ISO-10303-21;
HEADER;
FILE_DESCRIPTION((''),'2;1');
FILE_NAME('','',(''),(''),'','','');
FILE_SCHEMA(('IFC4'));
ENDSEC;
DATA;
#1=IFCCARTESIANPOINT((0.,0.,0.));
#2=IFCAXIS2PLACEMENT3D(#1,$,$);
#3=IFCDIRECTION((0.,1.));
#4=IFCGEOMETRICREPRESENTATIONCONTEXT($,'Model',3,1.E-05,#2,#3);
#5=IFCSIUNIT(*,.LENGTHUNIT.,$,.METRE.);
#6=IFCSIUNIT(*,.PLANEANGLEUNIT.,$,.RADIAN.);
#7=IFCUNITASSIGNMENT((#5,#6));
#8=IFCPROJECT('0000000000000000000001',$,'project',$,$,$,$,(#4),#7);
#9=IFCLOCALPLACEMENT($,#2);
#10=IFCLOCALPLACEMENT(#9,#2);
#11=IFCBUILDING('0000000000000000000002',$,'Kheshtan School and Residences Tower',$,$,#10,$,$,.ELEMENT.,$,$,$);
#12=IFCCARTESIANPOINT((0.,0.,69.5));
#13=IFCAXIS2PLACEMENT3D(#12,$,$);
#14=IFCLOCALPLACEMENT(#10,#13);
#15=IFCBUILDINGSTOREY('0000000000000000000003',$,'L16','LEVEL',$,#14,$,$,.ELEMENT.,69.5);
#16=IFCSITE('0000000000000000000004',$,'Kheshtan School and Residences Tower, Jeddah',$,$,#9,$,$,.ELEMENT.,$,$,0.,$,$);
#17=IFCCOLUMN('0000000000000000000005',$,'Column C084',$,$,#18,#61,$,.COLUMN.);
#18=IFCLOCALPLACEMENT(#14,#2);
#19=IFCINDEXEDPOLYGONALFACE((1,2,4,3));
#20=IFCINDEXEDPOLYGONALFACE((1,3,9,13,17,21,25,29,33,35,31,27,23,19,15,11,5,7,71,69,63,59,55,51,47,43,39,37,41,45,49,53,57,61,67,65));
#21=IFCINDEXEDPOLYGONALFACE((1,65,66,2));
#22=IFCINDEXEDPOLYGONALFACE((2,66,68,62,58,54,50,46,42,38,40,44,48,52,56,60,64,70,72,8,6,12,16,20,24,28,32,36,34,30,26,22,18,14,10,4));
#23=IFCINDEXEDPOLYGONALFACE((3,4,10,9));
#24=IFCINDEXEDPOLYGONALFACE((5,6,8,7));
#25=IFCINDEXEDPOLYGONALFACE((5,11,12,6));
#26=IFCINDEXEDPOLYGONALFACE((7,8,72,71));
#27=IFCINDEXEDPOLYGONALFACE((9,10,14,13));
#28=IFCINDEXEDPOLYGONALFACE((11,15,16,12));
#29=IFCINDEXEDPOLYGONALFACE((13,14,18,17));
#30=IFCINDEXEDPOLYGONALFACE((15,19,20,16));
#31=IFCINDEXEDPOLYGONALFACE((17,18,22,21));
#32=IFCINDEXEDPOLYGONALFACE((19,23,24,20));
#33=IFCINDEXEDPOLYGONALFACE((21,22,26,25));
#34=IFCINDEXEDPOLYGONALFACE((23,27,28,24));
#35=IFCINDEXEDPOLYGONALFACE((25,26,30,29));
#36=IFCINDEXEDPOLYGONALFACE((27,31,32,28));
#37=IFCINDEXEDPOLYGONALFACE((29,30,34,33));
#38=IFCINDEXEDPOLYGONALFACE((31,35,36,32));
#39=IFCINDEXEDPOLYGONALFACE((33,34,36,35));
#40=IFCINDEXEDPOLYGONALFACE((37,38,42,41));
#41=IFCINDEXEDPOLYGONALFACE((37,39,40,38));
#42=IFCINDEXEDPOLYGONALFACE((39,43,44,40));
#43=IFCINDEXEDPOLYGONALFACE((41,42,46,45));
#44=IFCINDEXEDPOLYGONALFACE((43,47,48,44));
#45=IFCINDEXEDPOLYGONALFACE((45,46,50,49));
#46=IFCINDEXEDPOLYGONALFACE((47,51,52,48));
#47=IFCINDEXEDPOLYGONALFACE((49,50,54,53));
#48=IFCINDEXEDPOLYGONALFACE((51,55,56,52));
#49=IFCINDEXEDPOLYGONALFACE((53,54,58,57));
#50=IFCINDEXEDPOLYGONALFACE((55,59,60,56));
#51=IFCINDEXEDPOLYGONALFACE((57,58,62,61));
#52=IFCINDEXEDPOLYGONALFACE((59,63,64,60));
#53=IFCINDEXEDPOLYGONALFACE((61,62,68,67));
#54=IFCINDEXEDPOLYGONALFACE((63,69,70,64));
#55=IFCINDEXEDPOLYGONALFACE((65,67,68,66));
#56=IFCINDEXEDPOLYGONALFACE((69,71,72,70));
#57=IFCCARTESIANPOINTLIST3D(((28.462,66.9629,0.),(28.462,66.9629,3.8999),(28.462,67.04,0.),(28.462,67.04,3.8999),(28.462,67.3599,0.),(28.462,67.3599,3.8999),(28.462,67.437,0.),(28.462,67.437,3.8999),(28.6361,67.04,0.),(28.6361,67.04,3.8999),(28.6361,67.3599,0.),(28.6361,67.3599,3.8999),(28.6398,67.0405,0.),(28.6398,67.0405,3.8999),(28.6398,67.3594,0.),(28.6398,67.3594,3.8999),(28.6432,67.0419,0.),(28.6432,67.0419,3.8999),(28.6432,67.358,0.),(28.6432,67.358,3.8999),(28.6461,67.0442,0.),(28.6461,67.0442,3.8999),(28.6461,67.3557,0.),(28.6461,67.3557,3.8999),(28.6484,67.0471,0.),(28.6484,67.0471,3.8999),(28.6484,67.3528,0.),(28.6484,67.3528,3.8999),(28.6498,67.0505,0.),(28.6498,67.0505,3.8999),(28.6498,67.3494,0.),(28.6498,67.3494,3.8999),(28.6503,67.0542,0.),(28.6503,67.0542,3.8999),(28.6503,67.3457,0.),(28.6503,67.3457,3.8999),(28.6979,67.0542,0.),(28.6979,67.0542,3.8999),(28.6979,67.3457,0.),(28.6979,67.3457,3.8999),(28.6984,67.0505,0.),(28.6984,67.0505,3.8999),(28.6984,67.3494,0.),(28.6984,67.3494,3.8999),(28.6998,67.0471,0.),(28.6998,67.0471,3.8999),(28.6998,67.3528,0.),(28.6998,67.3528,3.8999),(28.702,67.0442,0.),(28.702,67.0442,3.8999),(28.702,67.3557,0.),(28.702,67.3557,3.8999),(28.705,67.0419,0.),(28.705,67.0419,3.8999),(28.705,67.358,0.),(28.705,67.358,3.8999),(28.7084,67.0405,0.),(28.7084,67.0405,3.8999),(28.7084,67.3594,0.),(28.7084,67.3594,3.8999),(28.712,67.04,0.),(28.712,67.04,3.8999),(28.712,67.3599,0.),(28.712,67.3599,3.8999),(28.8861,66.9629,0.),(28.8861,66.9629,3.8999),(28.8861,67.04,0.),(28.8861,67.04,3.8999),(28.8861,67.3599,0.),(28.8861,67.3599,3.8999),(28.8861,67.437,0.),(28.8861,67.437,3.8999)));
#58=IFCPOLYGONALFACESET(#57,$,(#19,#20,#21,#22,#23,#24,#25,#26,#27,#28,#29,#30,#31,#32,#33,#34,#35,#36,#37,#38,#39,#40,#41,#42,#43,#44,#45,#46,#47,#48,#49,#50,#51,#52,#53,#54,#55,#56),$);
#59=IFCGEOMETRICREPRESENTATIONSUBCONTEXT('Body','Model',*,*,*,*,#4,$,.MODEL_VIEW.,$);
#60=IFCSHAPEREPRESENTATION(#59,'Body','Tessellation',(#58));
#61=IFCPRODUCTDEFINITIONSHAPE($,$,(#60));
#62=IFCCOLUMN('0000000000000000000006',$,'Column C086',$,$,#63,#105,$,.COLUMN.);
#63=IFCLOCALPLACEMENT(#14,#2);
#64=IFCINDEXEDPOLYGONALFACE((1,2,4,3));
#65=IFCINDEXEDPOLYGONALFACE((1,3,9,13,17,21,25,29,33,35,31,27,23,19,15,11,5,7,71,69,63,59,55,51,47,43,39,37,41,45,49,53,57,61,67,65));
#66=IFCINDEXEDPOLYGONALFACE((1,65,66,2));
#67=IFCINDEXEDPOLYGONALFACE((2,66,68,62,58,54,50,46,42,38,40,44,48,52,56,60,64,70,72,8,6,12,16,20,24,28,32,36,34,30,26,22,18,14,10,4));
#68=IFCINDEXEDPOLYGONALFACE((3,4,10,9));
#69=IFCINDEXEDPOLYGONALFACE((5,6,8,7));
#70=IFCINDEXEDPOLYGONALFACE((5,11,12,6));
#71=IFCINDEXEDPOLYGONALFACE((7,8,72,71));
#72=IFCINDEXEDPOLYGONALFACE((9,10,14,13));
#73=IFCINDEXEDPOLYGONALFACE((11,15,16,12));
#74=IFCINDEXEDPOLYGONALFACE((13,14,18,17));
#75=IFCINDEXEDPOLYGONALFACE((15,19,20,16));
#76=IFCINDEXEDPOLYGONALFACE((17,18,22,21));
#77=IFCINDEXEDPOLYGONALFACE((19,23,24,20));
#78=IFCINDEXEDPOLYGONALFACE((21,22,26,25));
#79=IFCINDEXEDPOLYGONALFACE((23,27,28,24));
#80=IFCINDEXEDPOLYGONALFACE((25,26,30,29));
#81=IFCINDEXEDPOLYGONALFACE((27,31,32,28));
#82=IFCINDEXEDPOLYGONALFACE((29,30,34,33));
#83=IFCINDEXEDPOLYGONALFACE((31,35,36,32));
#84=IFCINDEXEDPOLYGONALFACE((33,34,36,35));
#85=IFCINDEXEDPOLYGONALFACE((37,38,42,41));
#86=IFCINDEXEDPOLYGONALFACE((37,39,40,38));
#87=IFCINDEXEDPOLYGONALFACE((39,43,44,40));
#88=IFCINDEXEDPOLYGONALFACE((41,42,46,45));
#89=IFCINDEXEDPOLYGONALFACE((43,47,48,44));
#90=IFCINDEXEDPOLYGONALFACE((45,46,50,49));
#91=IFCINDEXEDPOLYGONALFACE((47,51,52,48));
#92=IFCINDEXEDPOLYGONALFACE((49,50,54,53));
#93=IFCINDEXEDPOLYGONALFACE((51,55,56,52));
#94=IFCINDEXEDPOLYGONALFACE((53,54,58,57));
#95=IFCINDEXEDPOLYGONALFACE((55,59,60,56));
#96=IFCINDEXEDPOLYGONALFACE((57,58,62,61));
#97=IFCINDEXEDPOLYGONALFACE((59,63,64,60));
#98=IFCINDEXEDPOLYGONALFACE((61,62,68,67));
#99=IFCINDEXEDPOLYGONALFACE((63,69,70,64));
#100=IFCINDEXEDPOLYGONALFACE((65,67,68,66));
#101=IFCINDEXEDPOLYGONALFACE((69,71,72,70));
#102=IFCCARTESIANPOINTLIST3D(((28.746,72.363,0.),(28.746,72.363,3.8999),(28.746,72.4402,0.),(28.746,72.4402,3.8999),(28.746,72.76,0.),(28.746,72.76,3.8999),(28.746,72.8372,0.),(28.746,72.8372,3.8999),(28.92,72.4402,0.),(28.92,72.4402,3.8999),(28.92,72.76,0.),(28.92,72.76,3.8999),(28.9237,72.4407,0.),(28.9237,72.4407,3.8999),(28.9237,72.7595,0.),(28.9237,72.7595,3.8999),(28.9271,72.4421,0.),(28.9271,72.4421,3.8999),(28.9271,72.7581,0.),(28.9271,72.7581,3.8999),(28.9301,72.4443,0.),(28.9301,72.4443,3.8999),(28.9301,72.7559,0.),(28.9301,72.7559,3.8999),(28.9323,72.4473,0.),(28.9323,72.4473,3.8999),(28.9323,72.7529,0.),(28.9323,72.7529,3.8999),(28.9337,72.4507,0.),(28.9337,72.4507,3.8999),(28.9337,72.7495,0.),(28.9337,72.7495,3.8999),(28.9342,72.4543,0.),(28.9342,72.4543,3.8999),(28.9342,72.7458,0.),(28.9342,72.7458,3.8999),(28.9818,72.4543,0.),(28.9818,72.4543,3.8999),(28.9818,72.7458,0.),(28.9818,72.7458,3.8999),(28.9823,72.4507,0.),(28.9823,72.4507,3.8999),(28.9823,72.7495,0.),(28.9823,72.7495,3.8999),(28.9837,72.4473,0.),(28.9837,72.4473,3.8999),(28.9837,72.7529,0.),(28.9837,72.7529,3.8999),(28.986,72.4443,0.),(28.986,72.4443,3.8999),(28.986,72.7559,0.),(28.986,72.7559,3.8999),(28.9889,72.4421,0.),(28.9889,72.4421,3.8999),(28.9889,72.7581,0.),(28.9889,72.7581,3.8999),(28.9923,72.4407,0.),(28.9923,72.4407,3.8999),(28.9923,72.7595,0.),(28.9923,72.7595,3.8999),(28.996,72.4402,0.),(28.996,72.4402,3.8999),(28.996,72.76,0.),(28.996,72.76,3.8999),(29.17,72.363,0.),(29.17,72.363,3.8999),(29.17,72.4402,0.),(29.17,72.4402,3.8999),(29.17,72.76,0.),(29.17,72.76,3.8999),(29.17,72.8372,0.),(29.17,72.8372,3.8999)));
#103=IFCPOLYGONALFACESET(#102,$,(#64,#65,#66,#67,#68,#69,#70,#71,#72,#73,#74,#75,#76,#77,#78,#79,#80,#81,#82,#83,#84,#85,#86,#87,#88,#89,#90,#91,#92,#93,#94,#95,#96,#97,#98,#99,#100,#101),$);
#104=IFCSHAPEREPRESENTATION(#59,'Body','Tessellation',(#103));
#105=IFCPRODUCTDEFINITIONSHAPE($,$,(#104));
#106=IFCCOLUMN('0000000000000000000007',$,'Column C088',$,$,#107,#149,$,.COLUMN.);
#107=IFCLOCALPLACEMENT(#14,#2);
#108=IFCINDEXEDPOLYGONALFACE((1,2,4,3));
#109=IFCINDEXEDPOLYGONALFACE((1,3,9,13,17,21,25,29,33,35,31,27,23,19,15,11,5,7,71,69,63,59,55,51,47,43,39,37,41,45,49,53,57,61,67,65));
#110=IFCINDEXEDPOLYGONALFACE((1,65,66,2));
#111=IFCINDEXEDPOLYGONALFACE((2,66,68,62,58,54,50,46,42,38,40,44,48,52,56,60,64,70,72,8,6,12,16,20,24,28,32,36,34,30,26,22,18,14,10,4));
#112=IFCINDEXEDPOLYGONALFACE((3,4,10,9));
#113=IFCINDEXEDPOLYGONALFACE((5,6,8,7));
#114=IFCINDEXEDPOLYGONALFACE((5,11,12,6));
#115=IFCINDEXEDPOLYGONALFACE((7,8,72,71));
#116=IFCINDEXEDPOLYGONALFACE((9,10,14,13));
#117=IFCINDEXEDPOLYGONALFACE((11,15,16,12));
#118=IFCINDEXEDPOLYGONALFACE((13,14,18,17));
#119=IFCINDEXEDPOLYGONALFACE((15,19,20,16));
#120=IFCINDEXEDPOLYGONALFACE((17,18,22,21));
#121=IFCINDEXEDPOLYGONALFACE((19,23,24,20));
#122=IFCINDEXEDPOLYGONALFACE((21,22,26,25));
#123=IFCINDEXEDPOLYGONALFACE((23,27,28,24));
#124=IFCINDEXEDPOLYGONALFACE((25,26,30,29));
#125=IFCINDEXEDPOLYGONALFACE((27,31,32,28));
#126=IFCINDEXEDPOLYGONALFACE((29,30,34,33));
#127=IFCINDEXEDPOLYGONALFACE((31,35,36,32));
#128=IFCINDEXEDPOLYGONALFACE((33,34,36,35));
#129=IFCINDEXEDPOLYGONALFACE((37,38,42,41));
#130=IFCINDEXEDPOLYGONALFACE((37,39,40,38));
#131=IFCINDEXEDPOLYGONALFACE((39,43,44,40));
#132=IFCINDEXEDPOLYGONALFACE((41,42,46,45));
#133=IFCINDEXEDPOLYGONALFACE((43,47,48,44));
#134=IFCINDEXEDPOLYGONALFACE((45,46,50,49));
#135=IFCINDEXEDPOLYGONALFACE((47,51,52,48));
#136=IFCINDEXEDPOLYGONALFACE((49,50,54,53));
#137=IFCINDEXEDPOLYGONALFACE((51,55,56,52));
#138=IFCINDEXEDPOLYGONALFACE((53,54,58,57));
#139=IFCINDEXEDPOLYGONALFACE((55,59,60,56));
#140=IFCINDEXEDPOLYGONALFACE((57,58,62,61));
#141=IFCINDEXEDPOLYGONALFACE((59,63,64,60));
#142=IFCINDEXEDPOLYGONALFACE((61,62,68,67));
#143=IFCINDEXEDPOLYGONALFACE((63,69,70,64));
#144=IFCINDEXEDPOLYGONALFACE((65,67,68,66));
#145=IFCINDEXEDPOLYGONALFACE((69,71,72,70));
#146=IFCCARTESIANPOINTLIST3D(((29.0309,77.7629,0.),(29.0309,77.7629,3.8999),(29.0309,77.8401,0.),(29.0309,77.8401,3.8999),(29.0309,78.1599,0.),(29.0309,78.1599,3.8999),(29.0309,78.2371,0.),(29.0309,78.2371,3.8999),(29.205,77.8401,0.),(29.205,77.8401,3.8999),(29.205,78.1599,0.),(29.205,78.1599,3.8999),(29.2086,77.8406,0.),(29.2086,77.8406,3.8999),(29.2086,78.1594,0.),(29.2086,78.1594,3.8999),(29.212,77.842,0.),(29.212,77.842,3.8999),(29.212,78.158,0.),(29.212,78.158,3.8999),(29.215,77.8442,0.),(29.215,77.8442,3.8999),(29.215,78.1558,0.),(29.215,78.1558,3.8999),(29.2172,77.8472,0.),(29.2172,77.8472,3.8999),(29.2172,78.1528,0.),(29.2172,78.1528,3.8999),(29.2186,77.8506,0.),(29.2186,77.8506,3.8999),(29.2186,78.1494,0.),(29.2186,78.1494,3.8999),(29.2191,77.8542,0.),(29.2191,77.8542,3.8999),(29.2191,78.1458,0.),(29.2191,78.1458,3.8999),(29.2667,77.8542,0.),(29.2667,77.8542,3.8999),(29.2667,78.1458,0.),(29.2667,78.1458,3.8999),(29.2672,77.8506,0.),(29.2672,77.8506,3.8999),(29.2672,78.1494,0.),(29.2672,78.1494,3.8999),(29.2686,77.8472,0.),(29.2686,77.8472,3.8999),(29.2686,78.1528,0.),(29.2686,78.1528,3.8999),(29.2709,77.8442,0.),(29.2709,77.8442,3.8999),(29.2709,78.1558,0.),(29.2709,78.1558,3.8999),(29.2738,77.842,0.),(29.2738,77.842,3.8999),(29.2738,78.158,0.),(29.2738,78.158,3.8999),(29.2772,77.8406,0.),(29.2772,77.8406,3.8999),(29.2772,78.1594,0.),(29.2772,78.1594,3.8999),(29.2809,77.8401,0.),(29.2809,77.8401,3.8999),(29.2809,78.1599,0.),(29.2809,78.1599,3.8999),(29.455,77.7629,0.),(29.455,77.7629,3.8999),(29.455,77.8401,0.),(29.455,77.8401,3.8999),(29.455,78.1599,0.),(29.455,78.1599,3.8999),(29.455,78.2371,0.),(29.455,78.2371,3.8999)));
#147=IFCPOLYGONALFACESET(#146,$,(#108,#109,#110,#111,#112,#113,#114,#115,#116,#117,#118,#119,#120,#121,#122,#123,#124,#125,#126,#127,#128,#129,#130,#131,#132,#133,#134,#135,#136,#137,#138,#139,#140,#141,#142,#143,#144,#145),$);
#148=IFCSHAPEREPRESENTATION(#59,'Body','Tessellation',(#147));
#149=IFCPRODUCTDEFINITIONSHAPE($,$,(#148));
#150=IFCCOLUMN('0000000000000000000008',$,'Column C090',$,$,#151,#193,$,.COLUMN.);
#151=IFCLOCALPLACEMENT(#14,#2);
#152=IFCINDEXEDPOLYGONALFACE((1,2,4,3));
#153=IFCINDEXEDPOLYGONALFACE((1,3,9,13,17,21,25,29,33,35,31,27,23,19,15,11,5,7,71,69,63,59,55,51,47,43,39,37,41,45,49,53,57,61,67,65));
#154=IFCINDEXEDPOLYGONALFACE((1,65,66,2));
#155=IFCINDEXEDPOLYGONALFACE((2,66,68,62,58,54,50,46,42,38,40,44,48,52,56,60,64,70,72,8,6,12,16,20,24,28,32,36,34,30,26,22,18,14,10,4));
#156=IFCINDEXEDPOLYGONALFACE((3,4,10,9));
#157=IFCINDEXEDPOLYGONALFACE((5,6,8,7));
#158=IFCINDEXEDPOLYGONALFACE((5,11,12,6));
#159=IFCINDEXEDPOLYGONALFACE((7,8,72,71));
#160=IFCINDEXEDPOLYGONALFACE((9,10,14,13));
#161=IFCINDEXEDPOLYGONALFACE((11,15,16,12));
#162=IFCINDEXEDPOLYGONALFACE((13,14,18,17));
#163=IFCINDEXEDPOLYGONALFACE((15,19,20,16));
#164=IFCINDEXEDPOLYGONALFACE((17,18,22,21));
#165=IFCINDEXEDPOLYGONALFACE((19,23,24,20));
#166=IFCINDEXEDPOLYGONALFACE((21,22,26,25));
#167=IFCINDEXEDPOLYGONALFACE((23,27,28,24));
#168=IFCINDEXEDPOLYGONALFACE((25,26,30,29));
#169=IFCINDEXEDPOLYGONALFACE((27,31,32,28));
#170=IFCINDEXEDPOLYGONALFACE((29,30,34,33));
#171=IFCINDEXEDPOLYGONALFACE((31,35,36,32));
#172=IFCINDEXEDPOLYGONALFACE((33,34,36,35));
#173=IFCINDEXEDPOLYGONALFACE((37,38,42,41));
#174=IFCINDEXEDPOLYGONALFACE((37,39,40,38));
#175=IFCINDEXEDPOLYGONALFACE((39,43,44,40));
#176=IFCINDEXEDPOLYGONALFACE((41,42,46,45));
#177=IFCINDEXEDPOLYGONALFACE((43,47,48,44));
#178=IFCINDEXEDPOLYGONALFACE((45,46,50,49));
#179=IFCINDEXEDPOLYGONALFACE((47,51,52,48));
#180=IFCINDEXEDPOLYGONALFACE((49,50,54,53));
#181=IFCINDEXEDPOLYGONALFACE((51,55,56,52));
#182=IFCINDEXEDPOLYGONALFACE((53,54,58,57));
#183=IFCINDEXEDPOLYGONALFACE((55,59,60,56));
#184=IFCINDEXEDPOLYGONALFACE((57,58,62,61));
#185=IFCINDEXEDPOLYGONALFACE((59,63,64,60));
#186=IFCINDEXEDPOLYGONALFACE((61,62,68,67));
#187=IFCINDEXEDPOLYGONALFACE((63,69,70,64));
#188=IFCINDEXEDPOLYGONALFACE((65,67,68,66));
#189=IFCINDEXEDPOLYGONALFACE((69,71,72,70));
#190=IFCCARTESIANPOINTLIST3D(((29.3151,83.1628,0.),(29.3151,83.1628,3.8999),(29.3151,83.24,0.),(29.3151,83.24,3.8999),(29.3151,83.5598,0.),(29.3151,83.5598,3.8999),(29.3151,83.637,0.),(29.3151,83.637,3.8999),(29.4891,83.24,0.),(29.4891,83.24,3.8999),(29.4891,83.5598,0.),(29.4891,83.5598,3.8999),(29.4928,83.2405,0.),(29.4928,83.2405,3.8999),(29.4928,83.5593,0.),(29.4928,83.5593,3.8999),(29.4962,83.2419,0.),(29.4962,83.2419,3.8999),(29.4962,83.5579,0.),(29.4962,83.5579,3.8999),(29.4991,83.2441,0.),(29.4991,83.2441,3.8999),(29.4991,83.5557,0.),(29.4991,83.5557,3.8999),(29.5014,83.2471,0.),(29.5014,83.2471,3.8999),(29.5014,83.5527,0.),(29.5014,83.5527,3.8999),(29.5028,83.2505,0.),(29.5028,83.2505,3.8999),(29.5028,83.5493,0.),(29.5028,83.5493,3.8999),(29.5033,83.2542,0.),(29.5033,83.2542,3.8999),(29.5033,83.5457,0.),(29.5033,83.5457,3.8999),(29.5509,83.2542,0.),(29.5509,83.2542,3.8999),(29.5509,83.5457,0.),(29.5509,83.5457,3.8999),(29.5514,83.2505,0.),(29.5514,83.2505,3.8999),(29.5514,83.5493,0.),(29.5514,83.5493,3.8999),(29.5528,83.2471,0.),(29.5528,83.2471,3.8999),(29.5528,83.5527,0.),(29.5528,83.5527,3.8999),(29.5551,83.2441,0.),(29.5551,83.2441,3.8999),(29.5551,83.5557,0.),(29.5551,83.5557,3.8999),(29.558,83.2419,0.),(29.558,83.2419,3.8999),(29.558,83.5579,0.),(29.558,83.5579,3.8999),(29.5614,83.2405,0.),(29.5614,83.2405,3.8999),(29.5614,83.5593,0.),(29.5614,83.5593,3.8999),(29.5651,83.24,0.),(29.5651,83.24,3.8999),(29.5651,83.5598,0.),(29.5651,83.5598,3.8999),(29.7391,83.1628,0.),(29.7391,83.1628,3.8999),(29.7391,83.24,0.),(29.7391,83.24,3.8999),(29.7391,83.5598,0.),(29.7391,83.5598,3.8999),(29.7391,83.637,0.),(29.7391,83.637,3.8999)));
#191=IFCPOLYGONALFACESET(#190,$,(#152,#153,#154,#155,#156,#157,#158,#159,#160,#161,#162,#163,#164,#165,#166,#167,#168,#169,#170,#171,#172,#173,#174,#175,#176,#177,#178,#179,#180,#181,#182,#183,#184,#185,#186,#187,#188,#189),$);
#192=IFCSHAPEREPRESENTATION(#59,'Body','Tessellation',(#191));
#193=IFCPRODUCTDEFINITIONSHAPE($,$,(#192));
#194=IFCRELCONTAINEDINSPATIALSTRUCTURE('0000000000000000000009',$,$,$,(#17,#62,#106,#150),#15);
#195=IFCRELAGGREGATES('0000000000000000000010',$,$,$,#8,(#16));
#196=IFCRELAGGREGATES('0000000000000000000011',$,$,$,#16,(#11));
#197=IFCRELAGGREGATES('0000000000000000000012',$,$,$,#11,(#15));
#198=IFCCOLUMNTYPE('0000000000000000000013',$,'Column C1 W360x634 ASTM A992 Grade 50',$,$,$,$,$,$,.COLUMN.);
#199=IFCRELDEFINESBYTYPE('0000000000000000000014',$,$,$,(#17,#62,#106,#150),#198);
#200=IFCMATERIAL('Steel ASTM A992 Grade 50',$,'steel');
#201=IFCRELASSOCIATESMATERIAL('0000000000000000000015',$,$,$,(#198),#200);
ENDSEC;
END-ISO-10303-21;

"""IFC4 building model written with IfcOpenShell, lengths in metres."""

from ifc_helpers import new_model, si_unit, direction, frame, origin, origin_2d, place, context, subcontext, project, spatial, i_section, extrude, material, material_profile, profile_set, type_object, element, save


model = new_model("IFC4")

# Units and contexts
model_context = context("Model", 3, precision=1e-05, world=origin(), true_north=direction((0.0, 1.0)))
body_context = subcontext(model_context, "Body", "Model", "MODEL_VIEW")
ifc_project = project(units=[si_unit("LENGTHUNIT", "METRE"), si_unit("PLANEANGLEUNIT", "RADIAN")], contexts=[model_context])

# Site, building, storey
site_placement = place(None, origin())
site = spatial("IfcSite", under=ifc_project, at=site_placement, Name="Kheshtan School and Residences Tower, Jeddah", CompositionType="ELEMENT", RefElevation=0.0)
building_placement = place(site_placement, origin())
building = spatial("IfcBuilding", under=site, at=building_placement, Name="Kheshtan School and Residences Tower", CompositionType="ELEMENT")
storey_placement = place(building_placement, frame((0.0, 0.0, 69.5)))
storey = spatial("IfcBuildingStorey", under=building, at=storey_placement, Name="L16", Description="LEVEL", CompositionType="ELEMENT", Elevation=69.5)

# Columns
ifc_material_1 = material(Name="Steel ASTM A992 Grade 50", Category="steel")
ifc_material_profile_1 = material_profile(ifc_material_1, i_section(OverallWidth=0.4241, OverallDepth=0.4741, WebThickness=0.0476, FlangeThickness=0.0771, FilletRadius=0.0142, at=origin_2d()), Name="W360x634")
ifc_profile_set_1 = profile_set([ifc_material_profile_1], Name="Steel ASTM A992 Grade 50")
column_type = type_object("IfcColumnType", Name="Column C1 W360x634 ASTM A992 Grade 50", PredefinedType="COLUMN", material=ifc_profile_set_1)
for number, where, z_axis, x_axis, name in (
    (1, (28.6741, 67.2, 0.0), (0.0, 0.0, 1.0), (1.0, 0.0, 0.0), "Column C084"),
    (2, (28.958, 72.6001, 0.0), (0.0, 0.0, 1.0), (1.0, 0.0, 0.0), "Column C086"),
    (3, (29.2429, 78.0, 0.0), (0.0, 0.0, 1.0), (1.0, 0.0, 0.0), "Column C088"),
    (4, (29.5271, 83.3999, 0.0), (0.0, 0.0, 1.0), (1.0, 0.0, 0.0), "Column C090"),
):
    element("IfcColumn", number, at=place(storey_placement, frame(where, z_axis=z_axis, x_axis=x_axis)), inside=storey, type_object=column_type, Name=name, PredefinedType="COLUMN", context=body_context, shape_type="SweptSolid", body=[
        extrude(i_section(OverallWidth=0.4241, OverallDepth=0.4741, WebThickness=0.0476, FlangeThickness=0.0771, FilletRadius=0.0142, at=origin_2d()), origin(), (0.0, 0.0, 1.0), 3.8999),
    ])

save(model, "model.ifc")
